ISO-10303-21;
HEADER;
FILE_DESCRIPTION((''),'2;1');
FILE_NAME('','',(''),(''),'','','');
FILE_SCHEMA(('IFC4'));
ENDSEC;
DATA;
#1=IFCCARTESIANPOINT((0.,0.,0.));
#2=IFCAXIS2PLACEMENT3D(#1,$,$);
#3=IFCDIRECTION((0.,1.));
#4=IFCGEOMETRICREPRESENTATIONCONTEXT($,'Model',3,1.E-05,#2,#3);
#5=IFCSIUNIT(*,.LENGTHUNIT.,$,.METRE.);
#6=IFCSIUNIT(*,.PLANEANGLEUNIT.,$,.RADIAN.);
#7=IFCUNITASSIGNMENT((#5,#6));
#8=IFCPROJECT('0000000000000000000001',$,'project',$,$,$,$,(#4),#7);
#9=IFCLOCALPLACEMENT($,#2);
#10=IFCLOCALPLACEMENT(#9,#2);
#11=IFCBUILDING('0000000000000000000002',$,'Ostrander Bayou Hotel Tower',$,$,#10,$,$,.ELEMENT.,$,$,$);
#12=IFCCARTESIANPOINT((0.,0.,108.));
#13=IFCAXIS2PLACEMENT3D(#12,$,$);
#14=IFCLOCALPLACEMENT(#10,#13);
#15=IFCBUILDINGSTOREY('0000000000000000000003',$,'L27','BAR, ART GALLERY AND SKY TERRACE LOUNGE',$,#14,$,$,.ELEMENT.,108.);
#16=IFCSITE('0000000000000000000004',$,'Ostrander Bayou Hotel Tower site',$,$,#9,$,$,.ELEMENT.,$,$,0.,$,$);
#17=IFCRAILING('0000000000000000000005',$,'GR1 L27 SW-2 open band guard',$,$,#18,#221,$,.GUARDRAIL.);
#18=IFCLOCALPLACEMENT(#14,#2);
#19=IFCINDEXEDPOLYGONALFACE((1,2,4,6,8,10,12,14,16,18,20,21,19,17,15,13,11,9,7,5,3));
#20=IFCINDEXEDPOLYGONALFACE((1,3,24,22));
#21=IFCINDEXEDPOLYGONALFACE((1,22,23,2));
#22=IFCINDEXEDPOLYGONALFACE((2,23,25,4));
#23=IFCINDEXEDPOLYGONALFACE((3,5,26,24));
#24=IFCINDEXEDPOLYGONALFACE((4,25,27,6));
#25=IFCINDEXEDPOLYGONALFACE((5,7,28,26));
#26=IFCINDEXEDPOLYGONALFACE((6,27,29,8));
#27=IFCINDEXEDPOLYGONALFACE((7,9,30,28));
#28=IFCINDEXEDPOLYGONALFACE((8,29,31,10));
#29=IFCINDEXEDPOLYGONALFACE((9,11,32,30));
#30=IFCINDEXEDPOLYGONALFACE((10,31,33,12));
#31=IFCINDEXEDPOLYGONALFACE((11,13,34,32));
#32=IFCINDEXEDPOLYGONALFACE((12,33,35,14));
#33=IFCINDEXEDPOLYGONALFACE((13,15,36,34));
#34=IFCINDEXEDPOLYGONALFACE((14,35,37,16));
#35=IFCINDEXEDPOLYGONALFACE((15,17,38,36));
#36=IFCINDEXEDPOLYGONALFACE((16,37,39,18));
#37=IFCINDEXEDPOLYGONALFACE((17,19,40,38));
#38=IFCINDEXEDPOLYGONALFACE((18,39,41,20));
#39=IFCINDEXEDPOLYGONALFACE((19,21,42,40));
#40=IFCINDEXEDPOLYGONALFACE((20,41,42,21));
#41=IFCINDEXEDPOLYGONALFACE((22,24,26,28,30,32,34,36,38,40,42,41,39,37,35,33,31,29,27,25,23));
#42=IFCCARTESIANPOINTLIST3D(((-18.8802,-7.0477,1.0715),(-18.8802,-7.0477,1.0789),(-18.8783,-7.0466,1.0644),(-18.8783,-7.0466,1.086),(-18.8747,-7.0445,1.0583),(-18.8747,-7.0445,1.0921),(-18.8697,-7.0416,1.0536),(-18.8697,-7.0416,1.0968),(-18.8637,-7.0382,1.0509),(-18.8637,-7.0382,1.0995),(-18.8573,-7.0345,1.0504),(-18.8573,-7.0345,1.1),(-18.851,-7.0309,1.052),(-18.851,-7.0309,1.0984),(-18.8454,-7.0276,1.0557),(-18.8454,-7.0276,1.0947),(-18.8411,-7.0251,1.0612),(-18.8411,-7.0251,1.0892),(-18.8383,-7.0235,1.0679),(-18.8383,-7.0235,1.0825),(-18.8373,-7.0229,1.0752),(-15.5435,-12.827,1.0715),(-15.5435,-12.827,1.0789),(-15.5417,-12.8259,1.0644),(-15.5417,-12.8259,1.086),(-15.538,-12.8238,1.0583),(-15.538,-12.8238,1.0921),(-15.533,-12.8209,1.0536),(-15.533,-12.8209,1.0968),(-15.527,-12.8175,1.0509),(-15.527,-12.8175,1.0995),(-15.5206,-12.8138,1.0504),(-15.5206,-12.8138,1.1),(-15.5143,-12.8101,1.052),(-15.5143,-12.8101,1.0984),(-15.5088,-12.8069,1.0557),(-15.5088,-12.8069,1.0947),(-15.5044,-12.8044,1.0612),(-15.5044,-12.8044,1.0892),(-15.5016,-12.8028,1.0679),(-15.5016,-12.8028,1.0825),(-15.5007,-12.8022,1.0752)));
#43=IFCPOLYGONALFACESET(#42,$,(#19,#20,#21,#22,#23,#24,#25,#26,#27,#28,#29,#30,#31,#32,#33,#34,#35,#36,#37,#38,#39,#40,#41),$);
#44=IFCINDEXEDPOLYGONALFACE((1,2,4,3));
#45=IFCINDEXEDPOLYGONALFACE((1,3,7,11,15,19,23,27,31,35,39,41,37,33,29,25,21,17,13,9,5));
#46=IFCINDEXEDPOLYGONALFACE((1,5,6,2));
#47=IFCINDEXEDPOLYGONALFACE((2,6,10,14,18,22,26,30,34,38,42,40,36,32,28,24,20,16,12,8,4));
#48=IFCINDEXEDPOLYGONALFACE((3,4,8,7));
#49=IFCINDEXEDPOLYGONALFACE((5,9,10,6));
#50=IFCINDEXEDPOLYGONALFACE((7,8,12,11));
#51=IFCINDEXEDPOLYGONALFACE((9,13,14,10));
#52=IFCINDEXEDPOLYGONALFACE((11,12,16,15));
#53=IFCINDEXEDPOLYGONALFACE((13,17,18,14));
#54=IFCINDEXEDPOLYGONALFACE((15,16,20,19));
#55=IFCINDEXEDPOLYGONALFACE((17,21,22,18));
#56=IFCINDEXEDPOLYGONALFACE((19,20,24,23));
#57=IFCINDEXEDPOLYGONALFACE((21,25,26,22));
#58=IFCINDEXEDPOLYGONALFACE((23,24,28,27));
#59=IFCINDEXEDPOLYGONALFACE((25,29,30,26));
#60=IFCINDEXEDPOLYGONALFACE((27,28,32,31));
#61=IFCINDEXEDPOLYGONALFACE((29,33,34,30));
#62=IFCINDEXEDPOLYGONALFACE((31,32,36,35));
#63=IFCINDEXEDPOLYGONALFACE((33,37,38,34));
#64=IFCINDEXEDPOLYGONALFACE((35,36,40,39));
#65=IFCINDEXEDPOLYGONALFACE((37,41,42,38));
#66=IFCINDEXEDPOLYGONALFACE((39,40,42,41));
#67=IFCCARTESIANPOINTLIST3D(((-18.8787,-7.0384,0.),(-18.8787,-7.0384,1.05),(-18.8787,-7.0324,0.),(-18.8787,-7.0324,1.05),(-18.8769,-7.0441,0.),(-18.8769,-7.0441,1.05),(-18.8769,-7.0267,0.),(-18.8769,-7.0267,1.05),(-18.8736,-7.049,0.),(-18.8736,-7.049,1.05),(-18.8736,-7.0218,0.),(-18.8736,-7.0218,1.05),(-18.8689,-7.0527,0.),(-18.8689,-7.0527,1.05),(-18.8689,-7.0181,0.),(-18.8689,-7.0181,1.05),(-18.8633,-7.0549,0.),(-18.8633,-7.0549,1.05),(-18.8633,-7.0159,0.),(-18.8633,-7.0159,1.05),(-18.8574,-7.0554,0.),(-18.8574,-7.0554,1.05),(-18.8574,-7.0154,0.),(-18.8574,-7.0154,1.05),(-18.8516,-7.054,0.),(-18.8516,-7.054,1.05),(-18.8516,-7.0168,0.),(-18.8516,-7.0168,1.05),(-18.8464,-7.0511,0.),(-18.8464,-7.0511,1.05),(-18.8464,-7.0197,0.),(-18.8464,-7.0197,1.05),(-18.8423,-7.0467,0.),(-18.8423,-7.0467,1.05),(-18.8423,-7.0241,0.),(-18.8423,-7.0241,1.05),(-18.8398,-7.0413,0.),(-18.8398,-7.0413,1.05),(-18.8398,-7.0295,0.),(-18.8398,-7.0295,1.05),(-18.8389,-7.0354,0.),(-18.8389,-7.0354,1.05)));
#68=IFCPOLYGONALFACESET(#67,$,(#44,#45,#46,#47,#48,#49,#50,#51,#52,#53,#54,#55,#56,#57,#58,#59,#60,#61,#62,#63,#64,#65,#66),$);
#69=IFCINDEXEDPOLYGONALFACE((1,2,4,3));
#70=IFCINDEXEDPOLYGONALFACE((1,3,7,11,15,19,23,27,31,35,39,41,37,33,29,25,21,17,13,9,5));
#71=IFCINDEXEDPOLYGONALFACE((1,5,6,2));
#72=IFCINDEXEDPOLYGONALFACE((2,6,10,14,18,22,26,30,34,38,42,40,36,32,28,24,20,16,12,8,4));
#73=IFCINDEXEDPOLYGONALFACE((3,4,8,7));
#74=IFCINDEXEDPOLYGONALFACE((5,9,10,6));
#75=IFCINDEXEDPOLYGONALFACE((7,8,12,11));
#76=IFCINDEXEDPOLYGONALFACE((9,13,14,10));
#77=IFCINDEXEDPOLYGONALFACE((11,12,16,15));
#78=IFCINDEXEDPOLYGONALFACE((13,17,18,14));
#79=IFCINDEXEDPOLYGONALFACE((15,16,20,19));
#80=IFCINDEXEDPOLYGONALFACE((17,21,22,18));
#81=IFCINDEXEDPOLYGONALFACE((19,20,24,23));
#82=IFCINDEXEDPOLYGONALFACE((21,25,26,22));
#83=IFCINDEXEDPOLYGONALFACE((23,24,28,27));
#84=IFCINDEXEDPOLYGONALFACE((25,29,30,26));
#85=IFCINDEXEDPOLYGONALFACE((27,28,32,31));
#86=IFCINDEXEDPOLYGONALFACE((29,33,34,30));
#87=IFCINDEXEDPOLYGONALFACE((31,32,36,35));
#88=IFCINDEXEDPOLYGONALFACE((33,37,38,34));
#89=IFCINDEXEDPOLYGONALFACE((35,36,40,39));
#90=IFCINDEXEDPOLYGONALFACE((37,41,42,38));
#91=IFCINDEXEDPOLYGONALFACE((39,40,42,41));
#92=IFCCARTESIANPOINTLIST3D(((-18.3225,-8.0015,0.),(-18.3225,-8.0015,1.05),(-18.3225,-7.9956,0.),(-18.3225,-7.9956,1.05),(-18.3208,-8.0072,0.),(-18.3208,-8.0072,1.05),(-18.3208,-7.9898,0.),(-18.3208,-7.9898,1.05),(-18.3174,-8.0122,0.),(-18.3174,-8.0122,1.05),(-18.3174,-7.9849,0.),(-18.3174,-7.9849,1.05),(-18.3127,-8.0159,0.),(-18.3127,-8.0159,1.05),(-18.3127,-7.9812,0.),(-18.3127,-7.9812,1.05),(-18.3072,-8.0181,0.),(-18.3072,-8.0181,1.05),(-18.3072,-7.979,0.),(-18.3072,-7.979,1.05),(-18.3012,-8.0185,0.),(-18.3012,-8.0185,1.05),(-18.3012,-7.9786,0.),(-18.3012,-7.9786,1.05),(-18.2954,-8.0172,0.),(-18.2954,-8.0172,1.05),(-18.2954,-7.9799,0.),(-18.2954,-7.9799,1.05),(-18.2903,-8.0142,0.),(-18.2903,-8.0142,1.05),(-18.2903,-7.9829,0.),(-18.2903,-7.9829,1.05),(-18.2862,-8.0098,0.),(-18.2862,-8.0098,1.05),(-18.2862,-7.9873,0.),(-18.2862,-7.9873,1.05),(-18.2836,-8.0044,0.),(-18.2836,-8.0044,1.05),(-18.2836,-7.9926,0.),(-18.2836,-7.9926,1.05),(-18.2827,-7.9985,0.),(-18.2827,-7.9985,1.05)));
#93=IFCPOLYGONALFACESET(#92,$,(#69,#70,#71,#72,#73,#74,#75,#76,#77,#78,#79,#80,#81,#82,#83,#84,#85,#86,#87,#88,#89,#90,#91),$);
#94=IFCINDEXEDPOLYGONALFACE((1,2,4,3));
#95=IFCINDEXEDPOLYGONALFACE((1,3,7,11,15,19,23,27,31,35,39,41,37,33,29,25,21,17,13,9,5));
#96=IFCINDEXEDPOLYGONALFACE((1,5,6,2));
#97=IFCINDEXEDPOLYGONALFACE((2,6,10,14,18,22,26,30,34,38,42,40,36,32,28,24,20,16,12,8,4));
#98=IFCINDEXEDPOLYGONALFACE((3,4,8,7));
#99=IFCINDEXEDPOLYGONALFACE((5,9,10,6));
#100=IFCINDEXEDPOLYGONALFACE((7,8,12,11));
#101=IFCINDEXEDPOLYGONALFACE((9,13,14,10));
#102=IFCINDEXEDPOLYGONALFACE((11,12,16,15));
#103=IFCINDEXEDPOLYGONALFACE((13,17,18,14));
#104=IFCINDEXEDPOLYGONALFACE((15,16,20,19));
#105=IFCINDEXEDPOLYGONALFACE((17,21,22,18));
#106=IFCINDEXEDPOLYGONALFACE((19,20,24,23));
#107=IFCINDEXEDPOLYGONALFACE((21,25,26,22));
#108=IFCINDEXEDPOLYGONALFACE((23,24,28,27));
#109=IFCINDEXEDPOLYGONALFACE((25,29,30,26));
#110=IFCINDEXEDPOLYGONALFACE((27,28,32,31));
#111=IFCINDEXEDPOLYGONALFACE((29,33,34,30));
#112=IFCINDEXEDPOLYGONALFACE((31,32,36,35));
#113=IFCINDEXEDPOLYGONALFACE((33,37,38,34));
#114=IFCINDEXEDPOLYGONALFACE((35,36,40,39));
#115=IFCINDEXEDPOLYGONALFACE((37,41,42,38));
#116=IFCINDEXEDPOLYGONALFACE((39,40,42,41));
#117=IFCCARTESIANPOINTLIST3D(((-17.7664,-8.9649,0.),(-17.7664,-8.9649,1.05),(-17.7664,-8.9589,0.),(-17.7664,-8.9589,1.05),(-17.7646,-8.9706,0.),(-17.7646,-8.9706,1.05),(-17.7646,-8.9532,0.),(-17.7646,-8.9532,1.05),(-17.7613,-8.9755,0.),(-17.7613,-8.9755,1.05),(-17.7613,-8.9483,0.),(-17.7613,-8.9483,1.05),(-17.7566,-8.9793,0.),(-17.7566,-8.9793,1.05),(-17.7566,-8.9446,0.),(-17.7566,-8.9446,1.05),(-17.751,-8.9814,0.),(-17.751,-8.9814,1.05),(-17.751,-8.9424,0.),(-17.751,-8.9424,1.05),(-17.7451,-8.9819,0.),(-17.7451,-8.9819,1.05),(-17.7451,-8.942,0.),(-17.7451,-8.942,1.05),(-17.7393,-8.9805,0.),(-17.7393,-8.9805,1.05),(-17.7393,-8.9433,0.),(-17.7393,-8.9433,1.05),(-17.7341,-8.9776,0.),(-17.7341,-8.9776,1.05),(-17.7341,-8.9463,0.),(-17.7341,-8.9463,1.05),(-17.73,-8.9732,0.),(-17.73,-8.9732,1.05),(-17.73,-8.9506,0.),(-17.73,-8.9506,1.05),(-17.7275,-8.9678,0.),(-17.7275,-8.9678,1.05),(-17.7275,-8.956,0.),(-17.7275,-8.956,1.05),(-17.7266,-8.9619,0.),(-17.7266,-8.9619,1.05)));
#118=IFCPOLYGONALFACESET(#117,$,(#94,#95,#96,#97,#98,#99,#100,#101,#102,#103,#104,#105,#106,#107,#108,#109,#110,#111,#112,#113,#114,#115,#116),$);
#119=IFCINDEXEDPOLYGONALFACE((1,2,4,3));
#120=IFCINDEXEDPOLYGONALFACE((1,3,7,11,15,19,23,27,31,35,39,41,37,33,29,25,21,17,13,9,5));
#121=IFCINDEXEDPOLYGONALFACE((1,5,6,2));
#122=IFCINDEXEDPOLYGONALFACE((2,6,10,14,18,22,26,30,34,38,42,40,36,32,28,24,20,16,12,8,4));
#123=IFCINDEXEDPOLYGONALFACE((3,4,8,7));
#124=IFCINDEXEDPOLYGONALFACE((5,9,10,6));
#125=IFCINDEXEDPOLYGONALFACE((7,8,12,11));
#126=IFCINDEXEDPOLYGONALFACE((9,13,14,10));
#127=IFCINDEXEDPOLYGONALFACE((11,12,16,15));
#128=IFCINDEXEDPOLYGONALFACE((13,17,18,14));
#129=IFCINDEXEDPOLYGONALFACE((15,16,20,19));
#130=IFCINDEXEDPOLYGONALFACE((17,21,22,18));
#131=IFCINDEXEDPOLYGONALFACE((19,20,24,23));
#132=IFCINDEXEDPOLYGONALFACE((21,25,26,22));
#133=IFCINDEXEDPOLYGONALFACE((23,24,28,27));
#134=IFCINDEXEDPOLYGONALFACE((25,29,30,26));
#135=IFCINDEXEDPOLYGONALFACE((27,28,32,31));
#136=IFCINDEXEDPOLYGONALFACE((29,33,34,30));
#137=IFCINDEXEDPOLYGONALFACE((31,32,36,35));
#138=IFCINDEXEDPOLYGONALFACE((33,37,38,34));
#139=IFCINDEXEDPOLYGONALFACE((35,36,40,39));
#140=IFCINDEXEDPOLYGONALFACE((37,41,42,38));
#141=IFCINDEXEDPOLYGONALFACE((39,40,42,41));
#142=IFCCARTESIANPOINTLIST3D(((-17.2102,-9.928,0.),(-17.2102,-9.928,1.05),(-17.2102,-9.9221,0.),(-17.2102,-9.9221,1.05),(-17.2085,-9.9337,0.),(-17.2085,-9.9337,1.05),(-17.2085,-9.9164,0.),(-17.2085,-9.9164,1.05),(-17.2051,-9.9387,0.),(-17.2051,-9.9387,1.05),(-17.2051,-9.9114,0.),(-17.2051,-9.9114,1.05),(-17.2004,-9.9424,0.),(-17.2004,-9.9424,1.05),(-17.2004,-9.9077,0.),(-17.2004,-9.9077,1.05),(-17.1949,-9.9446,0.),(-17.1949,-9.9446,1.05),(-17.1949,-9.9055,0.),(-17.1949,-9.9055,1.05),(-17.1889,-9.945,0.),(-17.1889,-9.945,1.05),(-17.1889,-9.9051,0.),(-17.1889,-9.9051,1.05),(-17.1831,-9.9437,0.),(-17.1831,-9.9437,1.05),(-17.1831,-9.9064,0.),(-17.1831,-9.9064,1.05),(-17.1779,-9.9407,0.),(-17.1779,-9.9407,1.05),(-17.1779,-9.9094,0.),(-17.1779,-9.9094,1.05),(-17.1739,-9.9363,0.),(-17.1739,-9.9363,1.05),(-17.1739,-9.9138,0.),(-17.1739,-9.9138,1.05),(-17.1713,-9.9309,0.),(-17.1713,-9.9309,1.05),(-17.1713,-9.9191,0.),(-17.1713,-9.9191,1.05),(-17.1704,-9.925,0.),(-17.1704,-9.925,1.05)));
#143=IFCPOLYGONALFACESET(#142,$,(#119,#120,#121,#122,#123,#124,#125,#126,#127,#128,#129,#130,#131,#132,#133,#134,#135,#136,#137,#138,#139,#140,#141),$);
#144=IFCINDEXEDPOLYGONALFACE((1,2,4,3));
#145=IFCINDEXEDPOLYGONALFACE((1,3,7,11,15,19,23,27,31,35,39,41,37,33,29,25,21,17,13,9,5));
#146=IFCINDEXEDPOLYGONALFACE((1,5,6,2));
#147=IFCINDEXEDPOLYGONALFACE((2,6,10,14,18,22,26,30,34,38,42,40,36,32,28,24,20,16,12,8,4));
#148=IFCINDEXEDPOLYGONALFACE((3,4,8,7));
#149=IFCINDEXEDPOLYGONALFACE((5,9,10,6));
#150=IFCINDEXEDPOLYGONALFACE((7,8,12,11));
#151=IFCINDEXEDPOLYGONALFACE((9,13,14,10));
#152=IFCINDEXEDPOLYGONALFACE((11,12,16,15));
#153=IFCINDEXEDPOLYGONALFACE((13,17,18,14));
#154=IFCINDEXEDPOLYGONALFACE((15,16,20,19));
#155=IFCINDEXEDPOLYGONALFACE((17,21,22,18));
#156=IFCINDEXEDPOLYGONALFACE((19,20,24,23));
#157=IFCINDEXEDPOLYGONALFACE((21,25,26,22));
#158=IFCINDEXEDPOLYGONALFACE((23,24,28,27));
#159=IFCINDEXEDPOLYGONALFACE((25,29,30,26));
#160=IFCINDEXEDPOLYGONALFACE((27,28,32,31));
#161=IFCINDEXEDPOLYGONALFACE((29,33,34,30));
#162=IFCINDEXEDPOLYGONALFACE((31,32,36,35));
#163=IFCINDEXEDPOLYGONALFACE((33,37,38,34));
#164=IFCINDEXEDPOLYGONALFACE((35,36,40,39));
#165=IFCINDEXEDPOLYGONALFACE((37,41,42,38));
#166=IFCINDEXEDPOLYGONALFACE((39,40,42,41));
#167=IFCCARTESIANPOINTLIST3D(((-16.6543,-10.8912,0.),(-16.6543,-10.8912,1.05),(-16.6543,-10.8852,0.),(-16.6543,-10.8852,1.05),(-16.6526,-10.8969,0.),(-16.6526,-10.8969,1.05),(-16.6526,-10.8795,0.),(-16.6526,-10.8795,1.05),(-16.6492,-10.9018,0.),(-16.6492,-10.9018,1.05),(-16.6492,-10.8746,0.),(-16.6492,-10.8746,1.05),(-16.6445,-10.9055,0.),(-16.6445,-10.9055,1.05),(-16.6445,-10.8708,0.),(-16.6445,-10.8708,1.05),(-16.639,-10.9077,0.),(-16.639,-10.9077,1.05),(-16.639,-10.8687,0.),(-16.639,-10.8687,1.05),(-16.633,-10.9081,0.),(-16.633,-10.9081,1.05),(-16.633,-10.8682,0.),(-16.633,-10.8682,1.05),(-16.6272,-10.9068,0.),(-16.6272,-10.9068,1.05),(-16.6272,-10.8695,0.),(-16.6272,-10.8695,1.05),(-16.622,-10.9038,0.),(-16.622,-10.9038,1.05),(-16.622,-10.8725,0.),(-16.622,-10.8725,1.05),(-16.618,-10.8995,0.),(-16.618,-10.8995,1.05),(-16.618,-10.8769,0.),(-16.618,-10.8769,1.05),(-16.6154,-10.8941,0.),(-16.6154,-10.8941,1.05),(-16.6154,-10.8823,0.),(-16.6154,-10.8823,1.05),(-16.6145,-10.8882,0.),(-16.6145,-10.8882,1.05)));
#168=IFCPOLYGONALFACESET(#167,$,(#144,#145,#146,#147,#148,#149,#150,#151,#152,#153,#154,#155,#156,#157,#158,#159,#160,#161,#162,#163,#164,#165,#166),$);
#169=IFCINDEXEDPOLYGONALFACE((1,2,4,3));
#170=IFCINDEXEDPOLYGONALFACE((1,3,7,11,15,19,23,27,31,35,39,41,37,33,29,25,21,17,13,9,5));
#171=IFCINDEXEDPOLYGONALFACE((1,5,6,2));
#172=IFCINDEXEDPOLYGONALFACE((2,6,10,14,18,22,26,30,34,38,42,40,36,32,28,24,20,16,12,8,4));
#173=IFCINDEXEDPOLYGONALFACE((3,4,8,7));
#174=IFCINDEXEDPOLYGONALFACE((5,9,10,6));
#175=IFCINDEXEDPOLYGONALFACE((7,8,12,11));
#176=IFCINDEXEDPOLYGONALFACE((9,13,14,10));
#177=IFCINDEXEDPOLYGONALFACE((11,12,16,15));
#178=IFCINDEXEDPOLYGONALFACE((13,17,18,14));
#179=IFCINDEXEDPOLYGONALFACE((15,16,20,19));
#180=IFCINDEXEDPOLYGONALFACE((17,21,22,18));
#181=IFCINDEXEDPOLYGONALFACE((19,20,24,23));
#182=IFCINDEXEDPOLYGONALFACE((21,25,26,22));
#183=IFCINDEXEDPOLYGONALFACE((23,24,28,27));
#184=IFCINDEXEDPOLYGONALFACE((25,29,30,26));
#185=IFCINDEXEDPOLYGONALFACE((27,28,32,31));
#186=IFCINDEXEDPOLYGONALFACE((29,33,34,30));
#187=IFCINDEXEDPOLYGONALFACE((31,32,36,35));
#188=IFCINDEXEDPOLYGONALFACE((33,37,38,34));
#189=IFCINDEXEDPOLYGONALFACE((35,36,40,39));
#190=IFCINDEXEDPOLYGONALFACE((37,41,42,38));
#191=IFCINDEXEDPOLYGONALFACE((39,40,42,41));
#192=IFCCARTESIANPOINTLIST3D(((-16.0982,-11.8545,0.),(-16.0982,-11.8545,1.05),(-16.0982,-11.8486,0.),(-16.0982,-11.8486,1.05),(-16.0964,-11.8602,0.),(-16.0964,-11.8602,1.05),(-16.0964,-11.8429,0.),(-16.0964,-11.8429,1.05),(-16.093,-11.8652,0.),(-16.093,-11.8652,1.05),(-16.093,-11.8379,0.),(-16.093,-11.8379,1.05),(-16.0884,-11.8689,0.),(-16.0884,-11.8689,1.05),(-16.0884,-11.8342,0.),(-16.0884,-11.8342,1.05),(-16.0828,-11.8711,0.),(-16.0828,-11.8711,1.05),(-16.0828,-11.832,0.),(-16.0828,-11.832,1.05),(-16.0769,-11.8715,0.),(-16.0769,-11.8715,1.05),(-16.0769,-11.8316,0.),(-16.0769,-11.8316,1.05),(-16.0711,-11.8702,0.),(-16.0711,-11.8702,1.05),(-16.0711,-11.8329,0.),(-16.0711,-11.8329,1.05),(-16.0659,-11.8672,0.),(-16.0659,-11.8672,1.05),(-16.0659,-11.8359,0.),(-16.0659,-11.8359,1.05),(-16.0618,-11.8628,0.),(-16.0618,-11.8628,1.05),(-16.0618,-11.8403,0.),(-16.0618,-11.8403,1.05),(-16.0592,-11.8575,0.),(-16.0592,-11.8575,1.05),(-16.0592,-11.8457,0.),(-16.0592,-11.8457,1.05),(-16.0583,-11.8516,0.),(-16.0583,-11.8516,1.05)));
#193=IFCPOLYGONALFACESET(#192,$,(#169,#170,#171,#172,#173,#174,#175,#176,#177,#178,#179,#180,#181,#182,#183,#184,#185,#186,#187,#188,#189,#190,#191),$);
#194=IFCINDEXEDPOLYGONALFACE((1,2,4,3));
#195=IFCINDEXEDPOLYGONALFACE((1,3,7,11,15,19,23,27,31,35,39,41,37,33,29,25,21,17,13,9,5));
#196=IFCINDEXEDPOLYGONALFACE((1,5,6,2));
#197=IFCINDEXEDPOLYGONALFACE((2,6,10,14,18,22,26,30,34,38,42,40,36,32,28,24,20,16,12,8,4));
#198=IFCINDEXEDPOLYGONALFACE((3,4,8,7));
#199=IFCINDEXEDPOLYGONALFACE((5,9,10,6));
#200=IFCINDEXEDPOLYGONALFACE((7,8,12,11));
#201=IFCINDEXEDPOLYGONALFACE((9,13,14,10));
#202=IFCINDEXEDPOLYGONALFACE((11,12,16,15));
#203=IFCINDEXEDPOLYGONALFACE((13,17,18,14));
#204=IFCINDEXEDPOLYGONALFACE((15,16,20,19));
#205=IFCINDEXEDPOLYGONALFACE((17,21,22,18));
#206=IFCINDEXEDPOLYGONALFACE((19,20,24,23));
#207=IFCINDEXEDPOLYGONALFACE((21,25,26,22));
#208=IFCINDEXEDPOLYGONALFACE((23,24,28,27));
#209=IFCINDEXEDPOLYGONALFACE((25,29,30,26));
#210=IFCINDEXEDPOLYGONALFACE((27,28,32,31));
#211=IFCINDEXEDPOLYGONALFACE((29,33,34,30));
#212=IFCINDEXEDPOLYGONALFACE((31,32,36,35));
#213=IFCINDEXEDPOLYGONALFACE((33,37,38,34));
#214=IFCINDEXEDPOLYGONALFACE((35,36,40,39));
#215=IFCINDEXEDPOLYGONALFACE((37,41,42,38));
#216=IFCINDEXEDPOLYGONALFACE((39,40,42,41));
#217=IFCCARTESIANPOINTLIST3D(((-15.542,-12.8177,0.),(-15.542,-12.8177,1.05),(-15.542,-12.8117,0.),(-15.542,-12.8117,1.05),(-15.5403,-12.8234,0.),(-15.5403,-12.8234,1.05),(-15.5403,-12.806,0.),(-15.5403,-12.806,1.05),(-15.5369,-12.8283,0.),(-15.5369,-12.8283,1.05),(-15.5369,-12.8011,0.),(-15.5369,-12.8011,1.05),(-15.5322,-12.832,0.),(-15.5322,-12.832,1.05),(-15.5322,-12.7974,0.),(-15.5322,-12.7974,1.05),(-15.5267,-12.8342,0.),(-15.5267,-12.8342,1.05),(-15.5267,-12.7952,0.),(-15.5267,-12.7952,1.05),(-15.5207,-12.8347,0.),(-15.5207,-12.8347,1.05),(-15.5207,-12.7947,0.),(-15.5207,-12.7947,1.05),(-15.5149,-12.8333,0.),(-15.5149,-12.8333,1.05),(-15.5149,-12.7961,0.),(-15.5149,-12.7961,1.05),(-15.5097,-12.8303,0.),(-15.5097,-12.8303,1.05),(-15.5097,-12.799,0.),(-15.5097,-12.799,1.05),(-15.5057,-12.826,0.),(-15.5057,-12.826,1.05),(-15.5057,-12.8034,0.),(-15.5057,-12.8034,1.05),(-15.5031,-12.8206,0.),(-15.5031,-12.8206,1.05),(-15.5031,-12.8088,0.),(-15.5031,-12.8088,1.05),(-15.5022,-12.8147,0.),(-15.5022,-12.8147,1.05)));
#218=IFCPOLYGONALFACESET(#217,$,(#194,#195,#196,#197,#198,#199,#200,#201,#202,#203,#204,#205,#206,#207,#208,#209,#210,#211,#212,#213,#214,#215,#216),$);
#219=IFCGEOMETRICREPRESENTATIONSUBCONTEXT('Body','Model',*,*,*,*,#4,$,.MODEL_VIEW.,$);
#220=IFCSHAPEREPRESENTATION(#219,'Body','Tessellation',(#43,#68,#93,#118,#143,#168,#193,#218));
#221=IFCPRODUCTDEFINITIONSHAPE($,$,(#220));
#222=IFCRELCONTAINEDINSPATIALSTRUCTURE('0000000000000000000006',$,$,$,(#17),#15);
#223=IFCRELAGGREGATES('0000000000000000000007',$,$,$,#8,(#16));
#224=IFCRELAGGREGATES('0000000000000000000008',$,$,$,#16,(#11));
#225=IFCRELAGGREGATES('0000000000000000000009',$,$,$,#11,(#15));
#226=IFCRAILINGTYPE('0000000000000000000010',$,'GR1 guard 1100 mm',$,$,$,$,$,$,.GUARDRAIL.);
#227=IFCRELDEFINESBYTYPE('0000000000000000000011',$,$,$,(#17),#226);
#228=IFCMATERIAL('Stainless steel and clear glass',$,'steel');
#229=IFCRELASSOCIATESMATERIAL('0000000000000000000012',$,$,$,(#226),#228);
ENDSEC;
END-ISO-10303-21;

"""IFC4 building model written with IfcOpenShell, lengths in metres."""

from ifc_helpers import new_model, si_unit, direction, frame, origin, origin_2d, place, context, subcontext, project, spatial, circle, extrude, material, type_object, element, save


model = new_model("IFC4")

# Units and contexts
model_context = context("Model", 3, precision=1e-05, world=origin(), true_north=direction((0.0, 1.0)))
body_context = subcontext(model_context, "Body", "Model", "MODEL_VIEW")
ifc_project = project(units=[si_unit("LENGTHUNIT", "METRE"), si_unit("PLANEANGLEUNIT", "RADIAN")], contexts=[model_context])

# Site, building, storey
site_placement = place(None, origin())
site = spatial("IfcSite", under=ifc_project, at=site_placement, Name="Ostrander Bayou Hotel Tower site", CompositionType="ELEMENT", RefElevation=0.0)
building_placement = place(site_placement, origin())
building = spatial("IfcBuilding", under=site, at=building_placement, Name="Ostrander Bayou Hotel Tower", CompositionType="ELEMENT")
storey_placement = place(building_placement, frame((0.0, 0.0, 108.0)))
storey = spatial("IfcBuildingStorey", under=building, at=storey_placement, Name="L27", Description="BAR, ART GALLERY AND SKY TERRACE LOUNGE", CompositionType="ELEMENT", Elevation=108.0)

# Railing
ifc_material_1 = material(Name="Stainless steel and clear glass", Category="steel")
railing_type = type_object("IfcRailingType", Name="GR1 guard 1100 mm", PredefinedType="GUARDRAIL", material=ifc_material_1)
railing_1_placement = place(storey_placement, frame((-18.8589, -7.0354, 0.0)))
element("IfcRailing", 1, at=railing_1_placement, inside=storey, type_object=railing_type, Name="GR1 L27 SW-2 open band guard", PredefinedType="GUARDRAIL", context=body_context, shape_type="SweptSolid", body=[
    extrude(circle(Radius=0.0249, at=origin_2d()), frame((0.0, 0.0, 1.0752), z_axis=(0.499999, -0.866026, 0.0), x_axis=(0.866026, 0.499999, 0.0)), (0.0, 0.0, 1.0), 6.6733),
    extrude(circle(Radius=0.02, at=origin_2d()), origin(), (0.0, 0.0, 1.0), 1.05),
    extrude(circle(Radius=0.02, at=origin_2d()), frame((0.5562, -0.9631, 0.0)), (0.0, 0.0, 1.0), 1.05),
    extrude(circle(Radius=0.02, at=origin_2d()), frame((1.1123, -1.9265, 0.0)), (0.0, 0.0, 1.0), 1.05),
    extrude(circle(Radius=0.02, at=origin_2d()), frame((1.6685, -2.8896, 0.0)), (0.0, 0.0, 1.0), 1.05),
    extrude(circle(Radius=0.02, at=origin_2d()), frame((2.2244, -3.8528, 0.0)), (0.0, 0.0, 1.0), 1.05),
    extrude(circle(Radius=0.02, at=origin_2d()), frame((2.7805, -4.8162, 0.0)), (0.0, 0.0, 1.0), 1.05),
    extrude(circle(Radius=0.02, at=origin_2d()), frame((3.3367, -5.7793, 0.0)), (0.0, 0.0, 1.0), 1.05),
])

save(model, "model.ifc")
